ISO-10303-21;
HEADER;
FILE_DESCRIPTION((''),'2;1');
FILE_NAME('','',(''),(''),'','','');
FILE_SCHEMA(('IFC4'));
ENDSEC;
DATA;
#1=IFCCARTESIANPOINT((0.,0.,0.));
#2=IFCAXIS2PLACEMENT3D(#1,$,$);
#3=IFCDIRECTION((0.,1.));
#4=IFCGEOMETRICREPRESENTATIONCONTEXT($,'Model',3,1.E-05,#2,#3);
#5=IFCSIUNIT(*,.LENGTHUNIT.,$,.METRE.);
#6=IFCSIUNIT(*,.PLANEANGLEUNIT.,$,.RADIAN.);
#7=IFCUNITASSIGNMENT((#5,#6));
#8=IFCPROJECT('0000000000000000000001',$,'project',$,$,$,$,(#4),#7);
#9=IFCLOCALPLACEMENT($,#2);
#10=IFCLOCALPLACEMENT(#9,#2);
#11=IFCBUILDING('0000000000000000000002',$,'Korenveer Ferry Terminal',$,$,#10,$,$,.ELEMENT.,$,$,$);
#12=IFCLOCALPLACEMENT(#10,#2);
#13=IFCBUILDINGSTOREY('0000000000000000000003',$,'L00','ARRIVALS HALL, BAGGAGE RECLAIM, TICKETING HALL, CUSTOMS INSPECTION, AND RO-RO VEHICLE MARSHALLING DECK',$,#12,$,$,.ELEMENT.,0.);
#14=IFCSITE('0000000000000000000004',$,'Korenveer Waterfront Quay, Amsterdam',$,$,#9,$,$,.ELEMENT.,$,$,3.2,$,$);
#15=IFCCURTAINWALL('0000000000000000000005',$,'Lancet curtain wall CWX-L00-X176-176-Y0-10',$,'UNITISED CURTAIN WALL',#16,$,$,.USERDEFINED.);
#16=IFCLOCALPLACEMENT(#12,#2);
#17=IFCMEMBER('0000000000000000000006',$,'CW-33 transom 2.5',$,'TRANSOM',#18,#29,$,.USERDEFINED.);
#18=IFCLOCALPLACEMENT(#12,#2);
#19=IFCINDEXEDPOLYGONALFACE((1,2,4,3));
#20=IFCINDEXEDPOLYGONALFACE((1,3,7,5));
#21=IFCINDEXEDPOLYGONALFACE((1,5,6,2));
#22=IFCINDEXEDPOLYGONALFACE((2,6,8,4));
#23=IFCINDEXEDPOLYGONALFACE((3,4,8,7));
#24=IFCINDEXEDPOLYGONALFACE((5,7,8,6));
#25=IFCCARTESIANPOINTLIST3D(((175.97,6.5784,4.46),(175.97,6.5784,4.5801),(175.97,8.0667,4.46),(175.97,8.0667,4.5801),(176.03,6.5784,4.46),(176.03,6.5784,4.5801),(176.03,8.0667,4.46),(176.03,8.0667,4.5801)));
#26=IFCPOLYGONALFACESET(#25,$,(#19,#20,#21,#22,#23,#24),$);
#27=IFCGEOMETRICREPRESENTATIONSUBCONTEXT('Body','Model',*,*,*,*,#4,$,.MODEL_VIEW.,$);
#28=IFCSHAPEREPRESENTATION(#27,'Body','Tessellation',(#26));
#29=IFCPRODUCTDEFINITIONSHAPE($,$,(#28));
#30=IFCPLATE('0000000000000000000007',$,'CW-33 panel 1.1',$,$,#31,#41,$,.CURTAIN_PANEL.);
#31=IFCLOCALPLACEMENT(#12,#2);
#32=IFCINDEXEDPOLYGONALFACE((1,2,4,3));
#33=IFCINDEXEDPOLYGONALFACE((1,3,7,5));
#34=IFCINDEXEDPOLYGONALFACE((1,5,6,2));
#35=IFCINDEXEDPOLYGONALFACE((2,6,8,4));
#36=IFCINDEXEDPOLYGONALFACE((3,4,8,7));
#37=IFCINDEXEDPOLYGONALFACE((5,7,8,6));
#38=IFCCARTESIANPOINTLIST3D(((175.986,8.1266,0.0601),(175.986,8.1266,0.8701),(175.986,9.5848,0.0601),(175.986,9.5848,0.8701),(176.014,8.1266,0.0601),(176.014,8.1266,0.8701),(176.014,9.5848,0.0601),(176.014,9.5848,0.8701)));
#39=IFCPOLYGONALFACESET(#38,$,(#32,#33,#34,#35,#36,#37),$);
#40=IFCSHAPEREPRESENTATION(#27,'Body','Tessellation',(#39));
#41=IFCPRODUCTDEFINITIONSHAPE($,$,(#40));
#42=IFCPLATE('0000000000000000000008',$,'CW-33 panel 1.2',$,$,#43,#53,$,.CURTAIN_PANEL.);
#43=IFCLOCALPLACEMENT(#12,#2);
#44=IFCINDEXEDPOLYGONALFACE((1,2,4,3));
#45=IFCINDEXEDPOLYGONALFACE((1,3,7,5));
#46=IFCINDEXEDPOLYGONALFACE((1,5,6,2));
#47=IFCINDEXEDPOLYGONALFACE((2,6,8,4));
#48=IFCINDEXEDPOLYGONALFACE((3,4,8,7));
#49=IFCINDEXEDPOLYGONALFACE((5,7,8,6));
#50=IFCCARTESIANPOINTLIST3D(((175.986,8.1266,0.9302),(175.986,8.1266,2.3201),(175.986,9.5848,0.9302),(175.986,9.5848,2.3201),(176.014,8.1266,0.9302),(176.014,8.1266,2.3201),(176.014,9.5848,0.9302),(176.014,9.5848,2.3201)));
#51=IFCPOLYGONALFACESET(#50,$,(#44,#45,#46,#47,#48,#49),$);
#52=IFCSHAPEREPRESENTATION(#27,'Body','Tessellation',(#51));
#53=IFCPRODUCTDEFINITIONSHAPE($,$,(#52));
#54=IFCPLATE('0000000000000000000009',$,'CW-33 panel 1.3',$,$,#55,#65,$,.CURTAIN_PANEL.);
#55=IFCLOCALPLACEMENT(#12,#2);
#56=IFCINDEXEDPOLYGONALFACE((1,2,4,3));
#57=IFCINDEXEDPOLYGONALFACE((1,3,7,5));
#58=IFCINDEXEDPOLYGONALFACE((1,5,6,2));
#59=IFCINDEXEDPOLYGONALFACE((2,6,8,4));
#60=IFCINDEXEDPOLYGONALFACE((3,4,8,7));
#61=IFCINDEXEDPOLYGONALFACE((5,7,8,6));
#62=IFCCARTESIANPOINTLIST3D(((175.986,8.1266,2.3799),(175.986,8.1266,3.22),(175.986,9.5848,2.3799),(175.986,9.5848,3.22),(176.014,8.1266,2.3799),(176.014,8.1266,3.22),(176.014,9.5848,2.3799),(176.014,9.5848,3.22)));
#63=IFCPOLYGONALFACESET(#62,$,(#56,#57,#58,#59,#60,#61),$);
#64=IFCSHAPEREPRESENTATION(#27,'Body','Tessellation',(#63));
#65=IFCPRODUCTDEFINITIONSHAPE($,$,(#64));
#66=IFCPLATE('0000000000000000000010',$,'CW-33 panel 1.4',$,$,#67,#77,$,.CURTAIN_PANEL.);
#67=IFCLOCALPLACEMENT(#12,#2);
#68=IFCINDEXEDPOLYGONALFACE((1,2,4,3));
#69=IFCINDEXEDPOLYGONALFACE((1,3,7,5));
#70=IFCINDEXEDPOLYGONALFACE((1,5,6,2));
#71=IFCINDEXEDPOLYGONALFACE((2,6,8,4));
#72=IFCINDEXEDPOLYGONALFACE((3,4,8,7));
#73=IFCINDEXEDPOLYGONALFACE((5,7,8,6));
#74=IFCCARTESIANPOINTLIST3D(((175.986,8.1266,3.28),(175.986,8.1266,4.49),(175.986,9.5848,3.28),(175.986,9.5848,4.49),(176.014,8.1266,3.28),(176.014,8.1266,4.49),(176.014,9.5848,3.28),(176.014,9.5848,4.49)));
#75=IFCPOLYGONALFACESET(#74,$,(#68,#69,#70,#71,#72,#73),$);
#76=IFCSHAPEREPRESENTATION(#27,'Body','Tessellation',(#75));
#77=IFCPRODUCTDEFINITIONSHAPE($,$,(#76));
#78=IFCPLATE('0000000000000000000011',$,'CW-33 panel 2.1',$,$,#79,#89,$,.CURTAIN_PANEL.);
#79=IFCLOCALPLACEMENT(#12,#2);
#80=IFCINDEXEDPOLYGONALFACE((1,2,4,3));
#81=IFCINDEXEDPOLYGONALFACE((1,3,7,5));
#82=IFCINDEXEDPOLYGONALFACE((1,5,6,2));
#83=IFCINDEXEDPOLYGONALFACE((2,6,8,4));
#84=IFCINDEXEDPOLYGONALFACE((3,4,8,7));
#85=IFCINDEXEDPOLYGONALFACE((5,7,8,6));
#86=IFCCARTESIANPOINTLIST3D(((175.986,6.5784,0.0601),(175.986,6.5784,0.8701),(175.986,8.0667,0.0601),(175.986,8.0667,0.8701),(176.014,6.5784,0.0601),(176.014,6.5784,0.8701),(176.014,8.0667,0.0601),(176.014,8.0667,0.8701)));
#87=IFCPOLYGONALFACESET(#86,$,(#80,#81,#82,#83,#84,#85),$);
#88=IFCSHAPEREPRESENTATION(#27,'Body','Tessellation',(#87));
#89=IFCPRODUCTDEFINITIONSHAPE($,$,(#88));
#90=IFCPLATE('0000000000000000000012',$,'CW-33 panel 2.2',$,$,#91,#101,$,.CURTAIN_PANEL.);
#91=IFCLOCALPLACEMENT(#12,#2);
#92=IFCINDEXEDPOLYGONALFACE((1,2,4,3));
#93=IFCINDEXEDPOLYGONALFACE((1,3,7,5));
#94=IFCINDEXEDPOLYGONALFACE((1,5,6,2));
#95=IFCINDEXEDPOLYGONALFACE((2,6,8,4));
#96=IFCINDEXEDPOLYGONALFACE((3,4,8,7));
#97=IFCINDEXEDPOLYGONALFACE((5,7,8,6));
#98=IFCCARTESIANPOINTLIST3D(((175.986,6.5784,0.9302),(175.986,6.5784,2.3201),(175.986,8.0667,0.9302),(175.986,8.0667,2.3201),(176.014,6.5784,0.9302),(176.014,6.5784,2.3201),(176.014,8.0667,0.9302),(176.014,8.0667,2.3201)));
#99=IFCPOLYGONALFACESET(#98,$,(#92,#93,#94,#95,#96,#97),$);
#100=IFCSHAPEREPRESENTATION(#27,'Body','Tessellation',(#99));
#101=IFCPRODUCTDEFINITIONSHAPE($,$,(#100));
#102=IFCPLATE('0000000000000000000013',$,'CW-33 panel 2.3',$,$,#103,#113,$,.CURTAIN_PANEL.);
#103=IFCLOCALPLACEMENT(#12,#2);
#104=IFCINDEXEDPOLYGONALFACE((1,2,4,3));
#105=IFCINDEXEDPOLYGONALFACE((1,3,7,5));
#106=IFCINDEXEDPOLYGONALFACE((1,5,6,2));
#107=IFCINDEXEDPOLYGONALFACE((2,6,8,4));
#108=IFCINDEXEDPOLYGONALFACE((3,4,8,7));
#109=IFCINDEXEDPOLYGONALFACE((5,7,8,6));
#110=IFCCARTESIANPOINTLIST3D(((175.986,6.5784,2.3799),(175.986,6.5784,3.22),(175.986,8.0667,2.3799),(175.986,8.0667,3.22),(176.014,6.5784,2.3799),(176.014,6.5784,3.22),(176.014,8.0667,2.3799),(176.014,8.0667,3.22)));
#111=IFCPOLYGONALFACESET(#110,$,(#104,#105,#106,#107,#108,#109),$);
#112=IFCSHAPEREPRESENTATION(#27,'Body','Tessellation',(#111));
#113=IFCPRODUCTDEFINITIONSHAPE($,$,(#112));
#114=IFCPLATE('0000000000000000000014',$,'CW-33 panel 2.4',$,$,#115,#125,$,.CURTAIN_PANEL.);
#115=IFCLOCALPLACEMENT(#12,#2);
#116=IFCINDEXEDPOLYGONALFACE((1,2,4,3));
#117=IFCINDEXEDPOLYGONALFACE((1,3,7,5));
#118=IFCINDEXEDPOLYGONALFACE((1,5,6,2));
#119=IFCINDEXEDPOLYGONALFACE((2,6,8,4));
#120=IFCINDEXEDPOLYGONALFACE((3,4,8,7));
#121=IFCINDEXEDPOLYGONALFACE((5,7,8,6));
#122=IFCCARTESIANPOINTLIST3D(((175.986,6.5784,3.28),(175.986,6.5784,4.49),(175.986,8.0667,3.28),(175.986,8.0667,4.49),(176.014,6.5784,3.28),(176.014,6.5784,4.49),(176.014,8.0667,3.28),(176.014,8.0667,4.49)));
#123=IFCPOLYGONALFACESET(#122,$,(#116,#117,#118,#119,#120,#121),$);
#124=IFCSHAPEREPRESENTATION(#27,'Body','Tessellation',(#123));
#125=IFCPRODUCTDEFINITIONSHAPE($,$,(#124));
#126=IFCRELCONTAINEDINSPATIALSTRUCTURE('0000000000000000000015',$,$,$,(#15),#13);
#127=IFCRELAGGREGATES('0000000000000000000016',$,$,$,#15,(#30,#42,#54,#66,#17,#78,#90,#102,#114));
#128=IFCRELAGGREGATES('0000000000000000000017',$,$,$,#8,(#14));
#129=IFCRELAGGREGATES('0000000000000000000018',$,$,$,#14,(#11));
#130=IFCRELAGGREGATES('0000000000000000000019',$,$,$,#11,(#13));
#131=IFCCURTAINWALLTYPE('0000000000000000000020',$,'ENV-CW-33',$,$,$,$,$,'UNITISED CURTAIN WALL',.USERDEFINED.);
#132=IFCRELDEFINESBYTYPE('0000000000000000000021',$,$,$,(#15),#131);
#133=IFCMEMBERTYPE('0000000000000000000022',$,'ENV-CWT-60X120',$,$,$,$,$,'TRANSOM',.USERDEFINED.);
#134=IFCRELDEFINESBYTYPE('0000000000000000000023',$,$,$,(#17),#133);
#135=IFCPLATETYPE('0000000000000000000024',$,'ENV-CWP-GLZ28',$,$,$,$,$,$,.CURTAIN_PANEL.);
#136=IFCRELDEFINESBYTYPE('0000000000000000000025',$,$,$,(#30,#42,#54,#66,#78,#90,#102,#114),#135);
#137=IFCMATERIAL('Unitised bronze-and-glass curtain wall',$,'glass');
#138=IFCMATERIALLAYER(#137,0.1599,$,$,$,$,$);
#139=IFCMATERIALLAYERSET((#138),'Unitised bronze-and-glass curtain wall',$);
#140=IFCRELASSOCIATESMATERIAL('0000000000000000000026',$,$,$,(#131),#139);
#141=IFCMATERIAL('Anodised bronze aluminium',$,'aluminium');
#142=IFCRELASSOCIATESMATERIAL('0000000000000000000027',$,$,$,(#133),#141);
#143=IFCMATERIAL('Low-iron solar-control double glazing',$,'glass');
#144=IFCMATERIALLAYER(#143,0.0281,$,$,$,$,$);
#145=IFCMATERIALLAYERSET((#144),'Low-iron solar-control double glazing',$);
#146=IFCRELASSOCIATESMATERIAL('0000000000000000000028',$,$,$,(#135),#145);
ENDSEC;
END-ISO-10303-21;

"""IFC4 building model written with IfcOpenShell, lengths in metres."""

from ifc_helpers import new_model, si_unit, direction, frame, origin, origin_2d, place, context, subcontext, project, spatial, rectangle, extrude, material, layer, layer_set, material_profile, profile_set, type_object, element, aggregate, save


model = new_model("IFC4")

# Units and contexts
model_context = context("Model", 3, precision=1e-05, world=origin(), true_north=direction((0.0, 1.0)))
body_context = subcontext(model_context, "Body", "Model", "MODEL_VIEW")
ifc_project = project(units=[si_unit("LENGTHUNIT", "METRE"), si_unit("PLANEANGLEUNIT", "RADIAN")], contexts=[model_context])

# Site, building, storey
site_placement = place(None, origin())
site = spatial("IfcSite", under=ifc_project, at=site_placement, Name="Korenveer Waterfront Quay, Amsterdam", CompositionType="ELEMENT", RefElevation=3.2)
building_placement = place(site_placement, origin())
building = spatial("IfcBuilding", under=site, at=building_placement, Name="Korenveer Ferry Terminal", CompositionType="ELEMENT")
storey_placement = place(building_placement, origin())
storey = spatial("IfcBuildingStorey", under=building, at=storey_placement, Name="L00", Description="ARRIVALS HALL, BAGGAGE RECLAIM, TICKETING HALL, CUSTOMS INSPECTION, AND RO-RO VEHICLE MARSHALLING DECK", CompositionType="ELEMENT", Elevation=0.0)

# Curtain wall, member, plates
ifc_material_1 = material(Name="Unitised bronze-and-glass curtain wall", Category="glass")
ifc_layer_1 = layer(ifc_material_1, 0.1599)
ifc_layer_set_1 = layer_set([ifc_layer_1], Name="Unitised bronze-and-glass curtain wall")
curtain_wall_type = type_object("IfcCurtainWallType", Name="ENV-CW-33", ElementType="UNITISED CURTAIN WALL", PredefinedType="USERDEFINED", material=ifc_layer_set_1)
curtain_wall_placement = place(storey_placement, frame((176.0, 9.645, 0.0)))
curtain_wall = element("IfcCurtainWall", 1, at=curtain_wall_placement, inside=storey, type_object=curtain_wall_type, Name="Lancet curtain wall CWX-L00-X176-176-Y0-10", ObjectType="UNITISED CURTAIN WALL", PredefinedType="USERDEFINED")
ifc_material_2 = material(Name="Anodised bronze aluminium", Category="aluminium")
ifc_material_profile_1 = material_profile(ifc_material_2, rectangle(XDim=0.0601, YDim=0.1201, at=origin_2d()), Name="ALU 60x120")
ifc_profile_set_1 = profile_set([ifc_material_profile_1], Name="Anodised bronze aluminium")
member_type_1 = type_object("IfcMemberType", Name="ENV-CWT-60X120", ElementType="TRANSOM", PredefinedType="USERDEFINED", material=ifc_profile_set_1)
member_1_placement = place(storey_placement, frame((176.0, 8.0667, 4.52), z_axis=(0.0, -1.0, 0.0), x_axis=(1.0, 0.0, 0.0)))
member_1 = element("IfcMember", 2, at=member_1_placement, type_object=member_type_1, Name="CW-33 transom 2.5", ObjectType="TRANSOM", PredefinedType="USERDEFINED", context=body_context, shape_type="SweptSolid", body=[
    extrude(rectangle(XDim=0.0601, YDim=0.1201, at=origin_2d()), origin(), (0.0, 0.0, 1.0), 1.4883),
])
ifc_material_3 = material(Name="Low-iron solar-control double glazing", Category="glass")
ifc_layer_2 = layer(ifc_material_3, 0.0281)
ifc_layer_set_2 = layer_set([ifc_layer_2], Name="Low-iron solar-control double glazing")
plate_type = type_object("IfcPlateType", Name="ENV-CWP-GLZ28", PredefinedType="CURTAIN_PANEL", material=ifc_layer_set_2)
plate_1_placement = place(storey_placement, frame((176.0, 8.8557, 0.0601), z_axis=(0.0, 0.0, 1.0), x_axis=(0.0, -1.0, 0.0)))
plate_1 = element("IfcPlate", 3, at=plate_1_placement, type_object=plate_type, Name="CW-33 panel 1.1", PredefinedType="CURTAIN_PANEL", context=body_context, shape_type="SweptSolid", body=[
    extrude(rectangle(XDim=1.4583, YDim=0.0281, at=origin_2d()), origin(), (0.0, 0.0, 1.0), 0.8101),
])
plate_2_placement = place(storey_placement, frame((176.0, 8.8557, 0.9302), z_axis=(0.0, 0.0, 1.0), x_axis=(0.0, -1.0, 0.0)))
plate_2 = element("IfcPlate", 4, at=plate_2_placement, type_object=plate_type, Name="CW-33 panel 1.2", PredefinedType="CURTAIN_PANEL", context=body_context, shape_type="SweptSolid", body=[
    extrude(rectangle(XDim=1.4583, YDim=0.0281, at=origin_2d()), origin(), (0.0, 0.0, 1.0), 1.3899),
])
plate_3_placement = place(storey_placement, frame((176.0, 8.8557, 2.3799), z_axis=(0.0, 0.0, 1.0), x_axis=(0.0, -1.0, 0.0)))
plate_3 = element("IfcPlate", 5, at=plate_3_placement, type_object=plate_type, Name="CW-33 panel 1.3", PredefinedType="CURTAIN_PANEL", context=body_context, shape_type="SweptSolid", body=[
    extrude(rectangle(XDim=1.4583, YDim=0.0281, at=origin_2d()), origin(), (0.0, 0.0, 1.0), 0.8401),
])
plate_4_placement = place(storey_placement, frame((176.0, 8.8557, 3.28), z_axis=(0.0, 0.0, 1.0), x_axis=(0.0, -1.0, 0.0)))
plate_4 = element("IfcPlate", 6, at=plate_4_placement, type_object=plate_type, Name="CW-33 panel 1.4", PredefinedType="CURTAIN_PANEL", context=body_context, shape_type="SweptSolid", body=[
    extrude(rectangle(XDim=1.4583, YDim=0.0281, at=origin_2d()), origin(), (0.0, 0.0, 1.0), 1.21),
])
plate_5_placement = place(storey_placement, frame((176.0, 7.3225, 0.0601), z_axis=(0.0, 0.0, 1.0), x_axis=(0.0, -1.0, 0.0)))
plate_5 = element("IfcPlate", 7, at=plate_5_placement, type_object=plate_type, Name="CW-33 panel 2.1", PredefinedType="CURTAIN_PANEL", context=body_context, shape_type="SweptSolid", body=[
    extrude(rectangle(XDim=1.4883, YDim=0.0281, at=origin_2d()), origin(), (0.0, 0.0, 1.0), 0.8101),
])
plate_6_placement = place(storey_placement, frame((176.0, 7.3225, 0.9302), z_axis=(0.0, 0.0, 1.0), x_axis=(0.0, -1.0, 0.0)))
plate_6 = element("IfcPlate", 8, at=plate_6_placement, type_object=plate_type, Name="CW-33 panel 2.2", PredefinedType="CURTAIN_PANEL", context=body_context, shape_type="SweptSolid", body=[
    extrude(rectangle(XDim=1.4883, YDim=0.0281, at=origin_2d()), origin(), (0.0, 0.0, 1.0), 1.3899),
])
plate_7_placement = place(storey_placement, frame((176.0, 7.3225, 2.3799), z_axis=(0.0, 0.0, 1.0), x_axis=(0.0, -1.0, 0.0)))
plate_7 = element("IfcPlate", 9, at=plate_7_placement, type_object=plate_type, Name="CW-33 panel 2.3", PredefinedType="CURTAIN_PANEL", context=body_context, shape_type="SweptSolid", body=[
    extrude(rectangle(XDim=1.4883, YDim=0.0281, at=origin_2d()), origin(), (0.0, 0.0, 1.0), 0.8401),
])
plate_8_placement = place(storey_placement, frame((176.0, 7.3225, 3.28), z_axis=(0.0, 0.0, 1.0), x_axis=(0.0, -1.0, 0.0)))
plate_8 = element("IfcPlate", 10, at=plate_8_placement, type_object=plate_type, Name="CW-33 panel 2.4", PredefinedType="CURTAIN_PANEL", context=body_context, shape_type="SweptSolid", body=[
    extrude(rectangle(XDim=1.4883, YDim=0.0281, at=origin_2d()), origin(), (0.0, 0.0, 1.0), 1.21),
])
aggregate(curtain_wall, [plate_1, plate_2, plate_3, plate_4, member_1, plate_5, plate_6, plate_7, plate_8])

save(model, "model.ifc")
